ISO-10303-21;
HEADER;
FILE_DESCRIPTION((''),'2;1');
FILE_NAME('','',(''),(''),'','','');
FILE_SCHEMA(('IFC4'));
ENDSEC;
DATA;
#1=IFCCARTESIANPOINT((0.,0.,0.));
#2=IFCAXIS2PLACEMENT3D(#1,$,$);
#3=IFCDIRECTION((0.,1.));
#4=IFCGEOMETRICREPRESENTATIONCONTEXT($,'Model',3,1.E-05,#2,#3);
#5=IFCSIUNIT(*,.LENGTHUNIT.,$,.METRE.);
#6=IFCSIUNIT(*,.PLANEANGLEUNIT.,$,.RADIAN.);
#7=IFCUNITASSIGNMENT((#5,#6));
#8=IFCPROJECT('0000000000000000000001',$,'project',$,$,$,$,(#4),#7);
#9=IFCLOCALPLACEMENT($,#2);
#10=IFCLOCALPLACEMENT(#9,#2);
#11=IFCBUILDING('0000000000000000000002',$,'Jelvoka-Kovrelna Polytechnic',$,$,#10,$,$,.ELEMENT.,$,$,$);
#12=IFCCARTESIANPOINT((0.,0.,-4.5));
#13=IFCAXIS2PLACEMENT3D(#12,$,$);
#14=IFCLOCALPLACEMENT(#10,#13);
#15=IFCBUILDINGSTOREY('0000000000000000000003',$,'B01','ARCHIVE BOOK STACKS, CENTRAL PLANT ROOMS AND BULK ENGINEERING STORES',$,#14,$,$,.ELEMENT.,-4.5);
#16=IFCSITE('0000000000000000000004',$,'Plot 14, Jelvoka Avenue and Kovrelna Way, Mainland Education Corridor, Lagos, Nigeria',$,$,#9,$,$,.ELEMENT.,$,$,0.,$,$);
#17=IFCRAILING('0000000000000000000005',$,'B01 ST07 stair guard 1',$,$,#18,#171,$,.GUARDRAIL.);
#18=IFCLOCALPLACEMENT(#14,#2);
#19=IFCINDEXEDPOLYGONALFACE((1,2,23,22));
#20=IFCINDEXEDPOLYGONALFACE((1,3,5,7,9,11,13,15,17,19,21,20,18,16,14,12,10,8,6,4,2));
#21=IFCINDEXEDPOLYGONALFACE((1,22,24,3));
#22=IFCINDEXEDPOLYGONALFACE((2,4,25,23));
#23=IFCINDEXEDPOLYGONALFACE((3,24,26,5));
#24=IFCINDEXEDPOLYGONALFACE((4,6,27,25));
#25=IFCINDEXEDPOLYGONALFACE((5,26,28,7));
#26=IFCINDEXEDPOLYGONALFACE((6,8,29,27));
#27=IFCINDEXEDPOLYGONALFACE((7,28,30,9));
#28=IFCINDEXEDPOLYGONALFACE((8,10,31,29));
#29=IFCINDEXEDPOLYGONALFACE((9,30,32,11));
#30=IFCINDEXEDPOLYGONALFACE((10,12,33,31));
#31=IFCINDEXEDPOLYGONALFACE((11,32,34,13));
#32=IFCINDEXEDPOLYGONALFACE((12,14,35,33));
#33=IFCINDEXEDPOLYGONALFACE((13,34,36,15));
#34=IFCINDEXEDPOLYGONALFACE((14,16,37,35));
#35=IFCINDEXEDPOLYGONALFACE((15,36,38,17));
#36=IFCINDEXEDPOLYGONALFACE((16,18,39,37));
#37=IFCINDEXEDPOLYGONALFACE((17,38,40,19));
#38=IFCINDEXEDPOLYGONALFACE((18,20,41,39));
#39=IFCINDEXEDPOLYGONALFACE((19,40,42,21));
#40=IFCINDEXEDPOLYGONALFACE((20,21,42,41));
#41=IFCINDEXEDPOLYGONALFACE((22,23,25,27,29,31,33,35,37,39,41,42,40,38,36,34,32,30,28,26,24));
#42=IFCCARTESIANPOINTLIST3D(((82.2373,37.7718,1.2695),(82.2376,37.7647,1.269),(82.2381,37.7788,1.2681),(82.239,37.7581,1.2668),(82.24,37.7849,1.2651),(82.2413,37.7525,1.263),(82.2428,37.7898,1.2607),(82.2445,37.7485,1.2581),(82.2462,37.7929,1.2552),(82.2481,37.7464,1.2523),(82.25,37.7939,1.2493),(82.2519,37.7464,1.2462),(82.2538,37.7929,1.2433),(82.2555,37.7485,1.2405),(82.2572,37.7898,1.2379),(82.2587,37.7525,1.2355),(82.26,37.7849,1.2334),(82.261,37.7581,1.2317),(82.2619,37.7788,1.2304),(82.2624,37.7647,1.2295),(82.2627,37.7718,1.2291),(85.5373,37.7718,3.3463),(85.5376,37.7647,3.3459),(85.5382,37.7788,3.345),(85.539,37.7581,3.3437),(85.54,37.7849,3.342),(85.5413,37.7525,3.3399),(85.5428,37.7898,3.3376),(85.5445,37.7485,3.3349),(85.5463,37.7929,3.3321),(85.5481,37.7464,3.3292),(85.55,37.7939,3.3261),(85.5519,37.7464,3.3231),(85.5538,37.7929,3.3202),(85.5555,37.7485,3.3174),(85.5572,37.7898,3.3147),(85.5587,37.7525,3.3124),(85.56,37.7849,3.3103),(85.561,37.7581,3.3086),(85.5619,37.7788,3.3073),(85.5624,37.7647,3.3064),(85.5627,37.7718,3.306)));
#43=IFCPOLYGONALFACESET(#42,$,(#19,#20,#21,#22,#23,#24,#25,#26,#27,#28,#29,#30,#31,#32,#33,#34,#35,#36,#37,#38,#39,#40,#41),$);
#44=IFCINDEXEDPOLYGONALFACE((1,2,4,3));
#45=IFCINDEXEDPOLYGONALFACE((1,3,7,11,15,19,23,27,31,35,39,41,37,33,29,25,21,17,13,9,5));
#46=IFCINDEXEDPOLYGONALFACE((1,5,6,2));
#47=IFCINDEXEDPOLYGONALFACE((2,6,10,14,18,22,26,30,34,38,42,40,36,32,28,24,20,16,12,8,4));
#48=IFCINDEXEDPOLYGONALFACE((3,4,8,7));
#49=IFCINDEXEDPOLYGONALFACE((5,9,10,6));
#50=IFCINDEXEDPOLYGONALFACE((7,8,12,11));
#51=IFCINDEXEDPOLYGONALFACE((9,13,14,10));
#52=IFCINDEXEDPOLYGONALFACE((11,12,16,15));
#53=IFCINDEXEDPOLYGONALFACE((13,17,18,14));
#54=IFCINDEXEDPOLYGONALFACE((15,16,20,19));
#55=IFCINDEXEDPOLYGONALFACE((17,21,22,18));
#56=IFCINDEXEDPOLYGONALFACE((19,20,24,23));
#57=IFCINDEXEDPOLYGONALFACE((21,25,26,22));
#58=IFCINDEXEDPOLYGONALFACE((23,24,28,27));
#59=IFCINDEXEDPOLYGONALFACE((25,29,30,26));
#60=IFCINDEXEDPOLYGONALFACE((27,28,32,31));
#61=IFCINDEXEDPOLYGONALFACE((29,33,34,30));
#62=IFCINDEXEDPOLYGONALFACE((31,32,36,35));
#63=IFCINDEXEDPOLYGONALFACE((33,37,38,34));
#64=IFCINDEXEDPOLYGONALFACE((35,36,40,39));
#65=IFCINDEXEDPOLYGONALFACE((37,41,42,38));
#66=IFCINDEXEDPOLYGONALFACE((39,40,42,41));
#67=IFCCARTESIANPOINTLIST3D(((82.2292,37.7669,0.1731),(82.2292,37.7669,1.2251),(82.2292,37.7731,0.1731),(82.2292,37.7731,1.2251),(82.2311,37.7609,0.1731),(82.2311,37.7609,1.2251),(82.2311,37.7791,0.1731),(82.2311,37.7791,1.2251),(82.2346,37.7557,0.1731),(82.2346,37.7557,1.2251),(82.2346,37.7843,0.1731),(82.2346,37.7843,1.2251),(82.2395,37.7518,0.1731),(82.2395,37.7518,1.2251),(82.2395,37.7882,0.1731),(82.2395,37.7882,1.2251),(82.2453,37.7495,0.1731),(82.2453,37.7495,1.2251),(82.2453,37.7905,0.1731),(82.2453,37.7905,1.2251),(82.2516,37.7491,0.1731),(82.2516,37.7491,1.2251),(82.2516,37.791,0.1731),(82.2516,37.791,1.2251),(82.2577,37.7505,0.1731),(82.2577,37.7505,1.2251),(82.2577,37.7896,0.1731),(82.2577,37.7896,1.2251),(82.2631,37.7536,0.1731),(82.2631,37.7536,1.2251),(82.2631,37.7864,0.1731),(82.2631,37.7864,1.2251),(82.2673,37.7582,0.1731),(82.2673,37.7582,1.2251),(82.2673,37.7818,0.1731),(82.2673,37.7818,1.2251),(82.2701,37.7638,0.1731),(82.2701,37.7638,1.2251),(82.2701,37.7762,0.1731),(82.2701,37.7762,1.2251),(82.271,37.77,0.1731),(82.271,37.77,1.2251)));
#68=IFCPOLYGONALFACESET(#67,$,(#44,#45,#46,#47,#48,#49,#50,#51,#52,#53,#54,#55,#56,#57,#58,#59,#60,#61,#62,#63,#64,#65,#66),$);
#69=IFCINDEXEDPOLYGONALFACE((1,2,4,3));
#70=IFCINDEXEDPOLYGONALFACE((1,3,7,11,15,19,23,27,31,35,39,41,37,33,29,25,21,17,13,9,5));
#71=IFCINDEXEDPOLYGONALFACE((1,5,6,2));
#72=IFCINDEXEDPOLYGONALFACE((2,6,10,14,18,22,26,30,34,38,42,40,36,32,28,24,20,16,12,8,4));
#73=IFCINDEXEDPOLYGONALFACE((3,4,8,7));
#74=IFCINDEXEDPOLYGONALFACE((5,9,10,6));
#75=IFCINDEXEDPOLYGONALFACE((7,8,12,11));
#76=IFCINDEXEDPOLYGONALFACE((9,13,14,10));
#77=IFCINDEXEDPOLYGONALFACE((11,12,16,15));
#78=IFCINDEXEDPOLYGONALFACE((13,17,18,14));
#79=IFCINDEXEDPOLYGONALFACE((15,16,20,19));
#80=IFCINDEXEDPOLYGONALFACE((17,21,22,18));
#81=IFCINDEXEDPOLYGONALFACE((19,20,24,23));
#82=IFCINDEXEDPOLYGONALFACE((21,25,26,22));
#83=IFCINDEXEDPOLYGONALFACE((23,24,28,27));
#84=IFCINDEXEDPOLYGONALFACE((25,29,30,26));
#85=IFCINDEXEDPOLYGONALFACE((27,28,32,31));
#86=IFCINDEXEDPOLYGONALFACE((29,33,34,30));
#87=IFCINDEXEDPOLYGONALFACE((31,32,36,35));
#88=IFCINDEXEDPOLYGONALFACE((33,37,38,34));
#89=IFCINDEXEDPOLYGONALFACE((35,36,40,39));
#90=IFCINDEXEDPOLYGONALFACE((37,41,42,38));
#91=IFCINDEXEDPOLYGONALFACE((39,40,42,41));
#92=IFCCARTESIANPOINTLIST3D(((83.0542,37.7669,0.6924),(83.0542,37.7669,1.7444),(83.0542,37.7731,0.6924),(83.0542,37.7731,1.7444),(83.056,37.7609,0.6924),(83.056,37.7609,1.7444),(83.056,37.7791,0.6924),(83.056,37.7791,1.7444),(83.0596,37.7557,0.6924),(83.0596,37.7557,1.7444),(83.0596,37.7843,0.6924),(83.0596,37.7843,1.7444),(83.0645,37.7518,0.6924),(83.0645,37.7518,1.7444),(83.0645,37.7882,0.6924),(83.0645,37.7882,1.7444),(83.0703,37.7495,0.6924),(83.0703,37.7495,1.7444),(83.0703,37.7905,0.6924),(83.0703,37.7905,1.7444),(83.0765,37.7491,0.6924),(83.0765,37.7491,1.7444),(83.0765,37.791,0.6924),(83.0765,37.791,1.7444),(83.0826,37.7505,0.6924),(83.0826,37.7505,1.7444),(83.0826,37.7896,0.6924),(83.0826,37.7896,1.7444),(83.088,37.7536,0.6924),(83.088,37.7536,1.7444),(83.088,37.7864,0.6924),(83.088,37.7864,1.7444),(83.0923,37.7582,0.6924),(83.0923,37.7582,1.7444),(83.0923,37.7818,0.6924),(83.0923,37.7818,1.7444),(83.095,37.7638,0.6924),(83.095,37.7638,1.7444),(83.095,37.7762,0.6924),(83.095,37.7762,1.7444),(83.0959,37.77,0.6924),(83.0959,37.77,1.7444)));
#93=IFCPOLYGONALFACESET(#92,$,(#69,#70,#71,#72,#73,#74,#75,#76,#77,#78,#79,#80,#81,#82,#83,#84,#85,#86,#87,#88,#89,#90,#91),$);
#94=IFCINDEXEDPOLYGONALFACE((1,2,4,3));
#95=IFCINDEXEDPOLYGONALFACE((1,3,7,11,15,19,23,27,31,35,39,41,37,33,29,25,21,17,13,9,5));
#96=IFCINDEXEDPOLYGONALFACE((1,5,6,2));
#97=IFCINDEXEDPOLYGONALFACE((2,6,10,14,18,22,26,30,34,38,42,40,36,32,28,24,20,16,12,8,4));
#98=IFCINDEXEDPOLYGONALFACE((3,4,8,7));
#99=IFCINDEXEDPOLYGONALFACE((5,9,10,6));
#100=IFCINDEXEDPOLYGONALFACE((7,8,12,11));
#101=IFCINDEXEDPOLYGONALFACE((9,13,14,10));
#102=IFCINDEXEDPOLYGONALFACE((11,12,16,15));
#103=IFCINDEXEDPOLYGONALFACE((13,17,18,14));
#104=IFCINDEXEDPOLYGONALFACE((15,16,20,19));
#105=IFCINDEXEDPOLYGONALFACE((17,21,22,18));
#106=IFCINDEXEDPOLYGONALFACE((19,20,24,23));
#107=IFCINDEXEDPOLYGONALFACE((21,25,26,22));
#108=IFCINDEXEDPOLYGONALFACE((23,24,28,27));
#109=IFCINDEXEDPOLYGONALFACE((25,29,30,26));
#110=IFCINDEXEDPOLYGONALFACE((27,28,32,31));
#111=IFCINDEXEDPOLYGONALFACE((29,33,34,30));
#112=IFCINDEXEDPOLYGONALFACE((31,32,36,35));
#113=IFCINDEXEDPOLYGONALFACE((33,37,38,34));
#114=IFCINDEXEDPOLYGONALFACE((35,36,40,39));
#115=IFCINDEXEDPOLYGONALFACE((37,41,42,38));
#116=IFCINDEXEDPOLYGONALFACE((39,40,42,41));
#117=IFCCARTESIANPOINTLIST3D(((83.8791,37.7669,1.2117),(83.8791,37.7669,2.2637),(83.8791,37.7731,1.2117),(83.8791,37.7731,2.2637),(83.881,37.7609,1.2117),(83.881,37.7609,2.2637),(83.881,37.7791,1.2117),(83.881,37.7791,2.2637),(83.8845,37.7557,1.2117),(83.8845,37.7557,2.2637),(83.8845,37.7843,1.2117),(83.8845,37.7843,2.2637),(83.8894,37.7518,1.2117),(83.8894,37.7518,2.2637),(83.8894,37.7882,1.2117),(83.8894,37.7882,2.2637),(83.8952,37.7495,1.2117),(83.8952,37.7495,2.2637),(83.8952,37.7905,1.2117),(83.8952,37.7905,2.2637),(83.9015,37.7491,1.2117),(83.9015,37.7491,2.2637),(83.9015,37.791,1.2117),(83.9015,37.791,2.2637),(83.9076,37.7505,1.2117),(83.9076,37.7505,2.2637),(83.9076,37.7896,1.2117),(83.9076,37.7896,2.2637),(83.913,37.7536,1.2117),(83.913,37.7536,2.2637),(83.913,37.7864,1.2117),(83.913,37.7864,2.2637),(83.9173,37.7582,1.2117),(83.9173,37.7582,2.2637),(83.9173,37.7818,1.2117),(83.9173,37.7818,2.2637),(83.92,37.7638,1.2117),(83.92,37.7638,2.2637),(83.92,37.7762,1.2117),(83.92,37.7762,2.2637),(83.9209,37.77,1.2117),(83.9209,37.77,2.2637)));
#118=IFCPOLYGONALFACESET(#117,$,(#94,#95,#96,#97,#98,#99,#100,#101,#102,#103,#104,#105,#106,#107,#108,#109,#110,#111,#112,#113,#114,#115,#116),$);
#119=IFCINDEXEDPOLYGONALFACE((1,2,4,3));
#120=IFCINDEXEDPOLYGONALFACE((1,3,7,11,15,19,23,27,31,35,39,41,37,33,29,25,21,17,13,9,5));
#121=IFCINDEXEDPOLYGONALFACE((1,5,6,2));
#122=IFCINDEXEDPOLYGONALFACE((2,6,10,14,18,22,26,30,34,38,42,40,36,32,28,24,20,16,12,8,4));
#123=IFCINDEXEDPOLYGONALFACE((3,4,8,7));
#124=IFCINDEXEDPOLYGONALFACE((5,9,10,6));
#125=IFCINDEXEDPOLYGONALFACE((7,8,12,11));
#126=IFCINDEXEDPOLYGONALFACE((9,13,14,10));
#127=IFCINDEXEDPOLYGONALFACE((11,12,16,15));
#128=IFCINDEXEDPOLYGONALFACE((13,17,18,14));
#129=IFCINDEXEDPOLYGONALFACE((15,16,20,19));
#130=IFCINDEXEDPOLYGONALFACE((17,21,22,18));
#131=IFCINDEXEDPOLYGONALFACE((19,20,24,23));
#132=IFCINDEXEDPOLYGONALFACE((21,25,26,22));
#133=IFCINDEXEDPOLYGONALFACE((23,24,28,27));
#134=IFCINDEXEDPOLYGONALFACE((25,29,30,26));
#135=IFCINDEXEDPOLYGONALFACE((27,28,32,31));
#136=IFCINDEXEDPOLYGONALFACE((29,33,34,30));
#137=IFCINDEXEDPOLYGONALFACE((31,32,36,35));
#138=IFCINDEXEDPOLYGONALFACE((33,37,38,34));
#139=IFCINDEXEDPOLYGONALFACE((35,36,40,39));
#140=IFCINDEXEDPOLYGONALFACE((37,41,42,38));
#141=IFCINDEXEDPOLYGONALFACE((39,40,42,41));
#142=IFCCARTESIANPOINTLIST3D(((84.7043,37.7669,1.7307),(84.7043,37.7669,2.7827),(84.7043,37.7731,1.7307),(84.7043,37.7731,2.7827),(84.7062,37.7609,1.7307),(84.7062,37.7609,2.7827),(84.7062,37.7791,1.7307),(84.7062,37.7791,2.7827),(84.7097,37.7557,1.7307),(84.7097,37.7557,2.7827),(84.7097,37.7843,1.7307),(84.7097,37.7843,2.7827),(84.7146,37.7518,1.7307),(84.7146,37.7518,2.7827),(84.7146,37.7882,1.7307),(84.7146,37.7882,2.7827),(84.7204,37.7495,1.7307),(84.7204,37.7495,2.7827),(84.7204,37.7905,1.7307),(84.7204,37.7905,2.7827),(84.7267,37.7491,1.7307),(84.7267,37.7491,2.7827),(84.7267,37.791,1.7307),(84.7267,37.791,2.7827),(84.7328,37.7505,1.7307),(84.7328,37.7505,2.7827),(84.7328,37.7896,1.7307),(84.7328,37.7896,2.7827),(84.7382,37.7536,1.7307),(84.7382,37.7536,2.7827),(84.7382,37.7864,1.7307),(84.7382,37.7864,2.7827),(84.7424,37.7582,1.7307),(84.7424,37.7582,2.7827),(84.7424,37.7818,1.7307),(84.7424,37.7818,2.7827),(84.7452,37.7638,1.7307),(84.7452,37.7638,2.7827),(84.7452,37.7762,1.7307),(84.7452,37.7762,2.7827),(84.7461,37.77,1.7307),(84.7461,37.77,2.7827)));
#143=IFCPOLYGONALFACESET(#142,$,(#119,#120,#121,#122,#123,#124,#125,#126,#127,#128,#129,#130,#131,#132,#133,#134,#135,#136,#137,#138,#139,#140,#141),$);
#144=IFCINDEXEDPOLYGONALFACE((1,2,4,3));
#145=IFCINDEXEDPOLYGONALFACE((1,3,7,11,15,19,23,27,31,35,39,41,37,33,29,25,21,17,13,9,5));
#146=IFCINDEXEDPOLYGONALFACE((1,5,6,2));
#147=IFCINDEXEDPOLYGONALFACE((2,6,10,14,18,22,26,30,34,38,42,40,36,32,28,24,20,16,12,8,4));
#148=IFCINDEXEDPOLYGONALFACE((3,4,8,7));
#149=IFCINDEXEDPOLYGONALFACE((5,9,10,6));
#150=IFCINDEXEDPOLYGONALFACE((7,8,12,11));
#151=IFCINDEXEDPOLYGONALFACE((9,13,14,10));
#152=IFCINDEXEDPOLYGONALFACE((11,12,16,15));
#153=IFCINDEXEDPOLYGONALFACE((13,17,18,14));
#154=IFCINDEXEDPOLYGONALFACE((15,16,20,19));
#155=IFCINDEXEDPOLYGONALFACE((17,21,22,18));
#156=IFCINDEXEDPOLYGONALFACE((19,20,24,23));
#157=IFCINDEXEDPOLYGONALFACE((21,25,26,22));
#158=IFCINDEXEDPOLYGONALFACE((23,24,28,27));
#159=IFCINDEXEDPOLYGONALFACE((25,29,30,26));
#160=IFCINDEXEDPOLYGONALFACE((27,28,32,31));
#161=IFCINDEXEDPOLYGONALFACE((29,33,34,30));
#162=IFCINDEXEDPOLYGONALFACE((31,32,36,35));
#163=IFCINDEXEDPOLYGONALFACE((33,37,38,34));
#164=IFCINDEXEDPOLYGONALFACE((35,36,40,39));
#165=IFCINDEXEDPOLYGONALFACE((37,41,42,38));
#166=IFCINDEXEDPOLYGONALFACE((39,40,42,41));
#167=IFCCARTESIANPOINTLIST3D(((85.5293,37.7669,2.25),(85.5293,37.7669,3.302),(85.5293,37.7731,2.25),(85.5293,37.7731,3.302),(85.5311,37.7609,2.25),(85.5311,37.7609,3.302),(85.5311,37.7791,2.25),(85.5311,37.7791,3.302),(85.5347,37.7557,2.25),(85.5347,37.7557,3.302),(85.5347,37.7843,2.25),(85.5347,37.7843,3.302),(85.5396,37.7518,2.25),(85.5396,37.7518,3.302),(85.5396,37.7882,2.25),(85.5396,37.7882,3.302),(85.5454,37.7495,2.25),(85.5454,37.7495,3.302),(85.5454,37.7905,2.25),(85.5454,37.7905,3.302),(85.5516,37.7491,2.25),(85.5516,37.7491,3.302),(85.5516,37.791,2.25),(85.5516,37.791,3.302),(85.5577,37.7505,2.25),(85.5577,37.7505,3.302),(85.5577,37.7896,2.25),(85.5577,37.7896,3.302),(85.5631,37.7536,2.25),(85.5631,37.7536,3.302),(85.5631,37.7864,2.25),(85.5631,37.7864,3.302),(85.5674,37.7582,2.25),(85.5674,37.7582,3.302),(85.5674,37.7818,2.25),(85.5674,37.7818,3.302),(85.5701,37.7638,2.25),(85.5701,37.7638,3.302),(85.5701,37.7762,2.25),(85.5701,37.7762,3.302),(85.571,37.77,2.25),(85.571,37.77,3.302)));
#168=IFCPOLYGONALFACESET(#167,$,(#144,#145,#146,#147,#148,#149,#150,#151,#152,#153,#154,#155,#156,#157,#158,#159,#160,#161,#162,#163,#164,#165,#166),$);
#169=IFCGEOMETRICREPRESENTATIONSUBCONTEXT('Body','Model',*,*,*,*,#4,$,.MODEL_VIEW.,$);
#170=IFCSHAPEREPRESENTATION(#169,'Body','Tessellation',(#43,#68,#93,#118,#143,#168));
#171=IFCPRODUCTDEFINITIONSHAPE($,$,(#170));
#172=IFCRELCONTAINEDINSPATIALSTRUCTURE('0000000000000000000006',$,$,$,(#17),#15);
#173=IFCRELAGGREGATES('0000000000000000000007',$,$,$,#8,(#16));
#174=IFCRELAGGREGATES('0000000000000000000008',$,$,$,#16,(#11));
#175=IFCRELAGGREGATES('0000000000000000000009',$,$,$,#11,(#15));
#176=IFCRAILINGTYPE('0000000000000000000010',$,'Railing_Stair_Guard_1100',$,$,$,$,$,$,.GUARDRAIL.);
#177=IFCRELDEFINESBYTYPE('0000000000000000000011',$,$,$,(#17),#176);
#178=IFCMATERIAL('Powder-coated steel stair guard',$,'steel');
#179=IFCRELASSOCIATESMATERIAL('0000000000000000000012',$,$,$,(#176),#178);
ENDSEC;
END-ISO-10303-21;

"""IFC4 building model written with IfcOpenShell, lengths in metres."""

from ifc_helpers import new_model, si_unit, direction, frame, origin, origin_2d, place, context, subcontext, project, spatial, circle, extrude, material, type_object, element, save


model = new_model("IFC4")

# Units and contexts
model_context = context("Model", 3, precision=1e-05, world=origin(), true_north=direction((0.0, 1.0)))
body_context = subcontext(model_context, "Body", "Model", "MODEL_VIEW")
ifc_project = project(units=[si_unit("LENGTHUNIT", "METRE"), si_unit("PLANEANGLEUNIT", "RADIAN")], contexts=[model_context])

# Site, building, storey
site_placement = place(None, origin())
site = spatial("IfcSite", under=ifc_project, at=site_placement, Name="Plot 14, Jelvoka Avenue and Kovrelna Way, Mainland Education Corridor, Lagos, Nigeria", CompositionType="ELEMENT", RefElevation=0.0)
building_placement = place(site_placement, origin())
building = spatial("IfcBuilding", under=site, at=building_placement, Name="Jelvoka-Kovrelna Polytechnic", CompositionType="ELEMENT")
storey_placement = place(building_placement, frame((0.0, 0.0, -4.5)))
storey = spatial("IfcBuildingStorey", under=building, at=storey_placement, Name="B01", Description="ARCHIVE BOOK STACKS, CENTRAL PLANT ROOMS AND BULK ENGINEERING STORES", CompositionType="ELEMENT", Elevation=-4.5)

# Railing
ifc_material_1 = material(Name="Powder-coated steel stair guard", Category="steel")
railing_type_1 = type_object("IfcRailingType", Name="Railing_Stair_Guard_1100", PredefinedType="GUARDRAIL", material=ifc_material_1)
railing_1_placement = place(storey_placement, frame((82.25, 37.77, 0.1731)))
element("IfcRailing", 1, at=railing_1_placement, inside=storey, type_object=railing_type_1, Name="B01 ST07 stair guard 1", PredefinedType="GUARDRAIL", context=body_context, shape_type="SweptSolid", body=[
    extrude(circle(Radius=0.0239, at=origin_2d()), frame((0.0, 0.0, 1.0762), z_axis=(0.846337, 0.0, 0.532647), x_axis=(0.0, 1.0, 0.0)), (0.0, 0.0, 1.0), 3.8992),
    extrude(circle(Radius=0.021, at=origin_2d()), origin(), (0.0, 0.0, 1.0), 1.052),
    extrude(circle(Radius=0.021, at=origin_2d()), frame((0.825, 0.0, 0.5193)), (0.0, 0.0, 1.0), 1.052),
    extrude(circle(Radius=0.021, at=origin_2d()), frame((1.6499, 0.0, 1.0386)), (0.0, 0.0, 1.0), 1.052),
    extrude(circle(Radius=0.021, at=origin_2d()), frame((2.4751, 0.0, 1.5576)), (0.0, 0.0, 1.0), 1.052),
    extrude(circle(Radius=0.021, at=origin_2d()), frame((3.3, 0.0, 2.0769)), (0.0, 0.0, 1.0), 1.052),
])

save(model, "model.ifc")
